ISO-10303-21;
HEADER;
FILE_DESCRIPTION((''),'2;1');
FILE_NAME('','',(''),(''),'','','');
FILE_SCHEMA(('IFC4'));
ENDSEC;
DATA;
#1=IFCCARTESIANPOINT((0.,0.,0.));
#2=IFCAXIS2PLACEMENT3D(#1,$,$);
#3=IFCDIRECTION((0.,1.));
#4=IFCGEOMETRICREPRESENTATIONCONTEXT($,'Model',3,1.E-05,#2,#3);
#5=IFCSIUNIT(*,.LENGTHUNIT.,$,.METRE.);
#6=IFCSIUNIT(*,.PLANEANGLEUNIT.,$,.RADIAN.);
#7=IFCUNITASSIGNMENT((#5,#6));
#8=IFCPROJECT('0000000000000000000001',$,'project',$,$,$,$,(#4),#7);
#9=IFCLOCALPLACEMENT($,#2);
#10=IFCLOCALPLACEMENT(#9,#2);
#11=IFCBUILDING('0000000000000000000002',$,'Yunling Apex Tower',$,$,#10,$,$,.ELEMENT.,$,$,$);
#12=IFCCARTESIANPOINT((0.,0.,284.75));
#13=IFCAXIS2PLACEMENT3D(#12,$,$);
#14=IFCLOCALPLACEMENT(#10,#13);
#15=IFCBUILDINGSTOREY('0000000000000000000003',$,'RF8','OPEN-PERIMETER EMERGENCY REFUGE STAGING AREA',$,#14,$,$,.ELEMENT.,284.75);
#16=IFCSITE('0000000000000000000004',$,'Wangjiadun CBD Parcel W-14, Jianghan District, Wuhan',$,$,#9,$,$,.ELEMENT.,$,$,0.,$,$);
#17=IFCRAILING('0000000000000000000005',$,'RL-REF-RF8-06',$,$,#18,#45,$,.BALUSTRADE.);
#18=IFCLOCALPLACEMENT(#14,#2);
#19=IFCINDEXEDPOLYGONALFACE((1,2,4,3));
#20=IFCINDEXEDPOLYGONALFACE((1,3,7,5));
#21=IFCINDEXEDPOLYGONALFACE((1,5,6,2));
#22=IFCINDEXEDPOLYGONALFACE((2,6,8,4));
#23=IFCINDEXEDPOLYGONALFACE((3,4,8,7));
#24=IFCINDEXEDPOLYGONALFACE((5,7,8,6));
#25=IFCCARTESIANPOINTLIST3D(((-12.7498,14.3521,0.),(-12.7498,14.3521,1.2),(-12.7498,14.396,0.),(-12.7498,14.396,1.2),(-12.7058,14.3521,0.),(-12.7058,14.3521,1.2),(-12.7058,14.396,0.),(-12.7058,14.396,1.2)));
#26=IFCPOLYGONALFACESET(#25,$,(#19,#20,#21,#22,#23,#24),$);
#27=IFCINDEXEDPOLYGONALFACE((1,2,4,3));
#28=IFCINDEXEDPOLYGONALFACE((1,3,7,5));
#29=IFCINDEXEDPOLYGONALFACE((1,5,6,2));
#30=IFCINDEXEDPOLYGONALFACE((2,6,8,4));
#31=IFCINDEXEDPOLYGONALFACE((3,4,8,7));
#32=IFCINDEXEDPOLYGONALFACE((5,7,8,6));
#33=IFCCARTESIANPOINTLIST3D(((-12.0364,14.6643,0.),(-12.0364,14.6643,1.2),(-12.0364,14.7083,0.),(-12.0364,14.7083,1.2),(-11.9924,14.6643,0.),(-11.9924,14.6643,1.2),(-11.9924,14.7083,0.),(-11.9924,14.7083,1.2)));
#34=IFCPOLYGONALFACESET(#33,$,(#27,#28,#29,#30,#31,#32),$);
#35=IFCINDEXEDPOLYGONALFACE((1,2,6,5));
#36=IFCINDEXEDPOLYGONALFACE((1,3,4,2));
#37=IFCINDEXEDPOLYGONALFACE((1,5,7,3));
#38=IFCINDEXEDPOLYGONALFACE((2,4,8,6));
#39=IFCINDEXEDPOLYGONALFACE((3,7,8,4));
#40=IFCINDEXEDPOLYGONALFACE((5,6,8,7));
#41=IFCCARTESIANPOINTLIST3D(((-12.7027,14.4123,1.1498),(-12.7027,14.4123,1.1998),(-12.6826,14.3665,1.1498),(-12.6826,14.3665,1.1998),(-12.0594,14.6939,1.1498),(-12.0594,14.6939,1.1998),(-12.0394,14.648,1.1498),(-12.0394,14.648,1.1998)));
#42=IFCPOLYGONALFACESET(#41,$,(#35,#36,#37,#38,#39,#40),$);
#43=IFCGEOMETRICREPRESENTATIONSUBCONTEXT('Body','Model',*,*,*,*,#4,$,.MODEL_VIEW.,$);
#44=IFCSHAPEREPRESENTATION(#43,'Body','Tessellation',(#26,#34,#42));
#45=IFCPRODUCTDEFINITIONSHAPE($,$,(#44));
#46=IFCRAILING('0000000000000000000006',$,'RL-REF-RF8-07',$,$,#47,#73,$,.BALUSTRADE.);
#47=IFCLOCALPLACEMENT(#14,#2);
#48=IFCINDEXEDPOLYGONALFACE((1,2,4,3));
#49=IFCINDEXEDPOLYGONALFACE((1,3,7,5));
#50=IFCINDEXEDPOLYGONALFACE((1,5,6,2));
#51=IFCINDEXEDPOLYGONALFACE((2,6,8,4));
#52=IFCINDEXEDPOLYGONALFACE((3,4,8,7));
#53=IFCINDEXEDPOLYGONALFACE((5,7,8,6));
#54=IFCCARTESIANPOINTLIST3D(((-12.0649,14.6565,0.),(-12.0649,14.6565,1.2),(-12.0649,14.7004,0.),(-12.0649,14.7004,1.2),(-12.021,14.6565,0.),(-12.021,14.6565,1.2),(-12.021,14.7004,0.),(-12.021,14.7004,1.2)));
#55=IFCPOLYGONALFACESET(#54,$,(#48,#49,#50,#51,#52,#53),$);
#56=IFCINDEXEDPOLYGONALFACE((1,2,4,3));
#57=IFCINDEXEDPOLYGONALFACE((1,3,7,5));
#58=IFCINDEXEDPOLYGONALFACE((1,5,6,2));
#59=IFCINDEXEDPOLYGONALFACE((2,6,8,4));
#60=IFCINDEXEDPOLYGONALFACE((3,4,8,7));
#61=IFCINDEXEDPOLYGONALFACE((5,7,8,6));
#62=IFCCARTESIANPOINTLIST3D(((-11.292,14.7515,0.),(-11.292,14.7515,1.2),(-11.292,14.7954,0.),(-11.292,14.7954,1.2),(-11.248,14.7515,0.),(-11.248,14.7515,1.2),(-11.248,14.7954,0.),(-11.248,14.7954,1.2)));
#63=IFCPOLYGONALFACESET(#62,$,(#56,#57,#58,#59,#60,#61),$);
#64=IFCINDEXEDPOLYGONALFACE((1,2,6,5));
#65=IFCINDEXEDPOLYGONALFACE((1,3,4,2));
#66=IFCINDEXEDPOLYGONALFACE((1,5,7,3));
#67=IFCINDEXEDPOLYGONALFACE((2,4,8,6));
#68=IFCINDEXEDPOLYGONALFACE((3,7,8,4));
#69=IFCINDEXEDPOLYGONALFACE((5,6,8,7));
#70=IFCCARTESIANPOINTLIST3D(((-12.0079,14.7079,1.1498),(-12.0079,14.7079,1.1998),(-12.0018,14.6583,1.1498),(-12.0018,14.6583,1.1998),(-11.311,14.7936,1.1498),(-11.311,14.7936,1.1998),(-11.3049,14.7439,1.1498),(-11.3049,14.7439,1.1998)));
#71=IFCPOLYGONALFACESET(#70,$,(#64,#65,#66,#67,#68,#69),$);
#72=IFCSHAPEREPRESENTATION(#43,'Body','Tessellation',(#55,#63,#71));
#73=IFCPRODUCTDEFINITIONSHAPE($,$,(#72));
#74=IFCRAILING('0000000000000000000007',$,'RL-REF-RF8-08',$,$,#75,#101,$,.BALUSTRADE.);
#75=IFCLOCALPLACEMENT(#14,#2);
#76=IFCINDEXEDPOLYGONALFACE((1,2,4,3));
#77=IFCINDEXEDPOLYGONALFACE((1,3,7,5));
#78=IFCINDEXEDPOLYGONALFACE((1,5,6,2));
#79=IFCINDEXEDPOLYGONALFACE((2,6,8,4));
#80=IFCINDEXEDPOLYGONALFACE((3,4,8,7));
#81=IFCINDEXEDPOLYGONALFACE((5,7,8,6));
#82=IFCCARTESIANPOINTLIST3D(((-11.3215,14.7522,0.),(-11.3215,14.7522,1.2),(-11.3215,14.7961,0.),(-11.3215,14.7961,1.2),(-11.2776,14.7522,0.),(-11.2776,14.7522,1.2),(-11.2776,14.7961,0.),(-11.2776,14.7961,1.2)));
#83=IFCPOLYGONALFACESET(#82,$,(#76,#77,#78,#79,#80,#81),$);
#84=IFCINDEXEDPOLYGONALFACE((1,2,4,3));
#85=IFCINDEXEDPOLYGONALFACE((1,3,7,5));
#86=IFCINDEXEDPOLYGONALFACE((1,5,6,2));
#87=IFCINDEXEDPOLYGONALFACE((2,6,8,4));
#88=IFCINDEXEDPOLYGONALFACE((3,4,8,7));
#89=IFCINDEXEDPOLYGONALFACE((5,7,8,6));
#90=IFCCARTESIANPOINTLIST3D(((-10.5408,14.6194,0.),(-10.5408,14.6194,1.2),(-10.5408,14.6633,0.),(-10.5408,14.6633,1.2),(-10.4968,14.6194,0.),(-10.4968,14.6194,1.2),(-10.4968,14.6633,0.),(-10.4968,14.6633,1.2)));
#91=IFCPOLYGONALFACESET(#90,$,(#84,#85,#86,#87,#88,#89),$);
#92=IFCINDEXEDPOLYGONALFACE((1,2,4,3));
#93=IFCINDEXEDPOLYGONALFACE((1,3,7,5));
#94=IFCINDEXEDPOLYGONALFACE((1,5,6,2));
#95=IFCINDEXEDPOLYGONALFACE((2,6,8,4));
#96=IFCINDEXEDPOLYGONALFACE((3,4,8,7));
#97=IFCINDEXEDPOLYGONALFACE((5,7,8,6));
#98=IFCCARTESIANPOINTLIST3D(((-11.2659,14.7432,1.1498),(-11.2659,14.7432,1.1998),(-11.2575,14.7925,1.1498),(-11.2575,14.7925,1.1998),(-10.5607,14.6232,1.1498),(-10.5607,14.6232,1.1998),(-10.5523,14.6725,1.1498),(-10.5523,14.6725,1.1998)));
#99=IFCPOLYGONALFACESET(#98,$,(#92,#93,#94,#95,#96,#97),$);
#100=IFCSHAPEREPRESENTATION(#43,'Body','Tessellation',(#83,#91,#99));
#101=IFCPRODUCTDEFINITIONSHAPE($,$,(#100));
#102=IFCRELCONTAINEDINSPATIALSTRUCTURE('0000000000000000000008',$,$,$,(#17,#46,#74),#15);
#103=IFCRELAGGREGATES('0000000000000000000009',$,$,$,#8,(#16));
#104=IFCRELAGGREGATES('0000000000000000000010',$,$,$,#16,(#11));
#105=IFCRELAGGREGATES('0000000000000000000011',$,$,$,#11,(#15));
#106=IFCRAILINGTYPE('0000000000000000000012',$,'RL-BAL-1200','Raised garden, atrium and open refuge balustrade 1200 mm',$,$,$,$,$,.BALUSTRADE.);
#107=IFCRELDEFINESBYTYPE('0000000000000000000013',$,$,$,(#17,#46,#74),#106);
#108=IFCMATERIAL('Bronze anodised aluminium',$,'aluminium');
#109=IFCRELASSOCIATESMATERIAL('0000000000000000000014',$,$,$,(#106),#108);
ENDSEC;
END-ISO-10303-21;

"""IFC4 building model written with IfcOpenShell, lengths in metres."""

from ifc_helpers import new_model, si_unit, direction, frame, origin, origin_2d, place, context, subcontext, project, spatial, rectangle, extrude, material, type_object, element, save


model = new_model("IFC4")

# Units and contexts
model_context = context("Model", 3, precision=1e-05, world=origin(), true_north=direction((0.0, 1.0)))
body_context = subcontext(model_context, "Body", "Model", "MODEL_VIEW")
ifc_project = project(units=[si_unit("LENGTHUNIT", "METRE"), si_unit("PLANEANGLEUNIT", "RADIAN")], contexts=[model_context])

# Site, building, storey
site_placement = place(None, origin())
site = spatial("IfcSite", under=ifc_project, at=site_placement, Name="Wangjiadun CBD Parcel W-14, Jianghan District, Wuhan", CompositionType="ELEMENT", RefElevation=0.0)
building_placement = place(site_placement, origin())
building = spatial("IfcBuilding", under=site, at=building_placement, Name="Yunling Apex Tower", CompositionType="ELEMENT")
storey_placement = place(building_placement, frame((0.0, 0.0, 284.75)))
storey = spatial("IfcBuildingStorey", under=building, at=storey_placement, Name="RF8", Description="OPEN-PERIMETER EMERGENCY REFUGE STAGING AREA", CompositionType="ELEMENT", Elevation=284.75)

# Railings
ifc_material_1 = material(Name="Bronze anodised aluminium", Category="aluminium")
railing_type = type_object("IfcRailingType", Name="RL-BAL-1200", Description="Raised garden, atrium and open refuge balustrade 1200 mm", PredefinedType="BALUSTRADE", material=ifc_material_1)
railing_1_placement = place(storey_placement, frame((-12.7278, 14.374, 0.0)))
element("IfcRailing", 1, at=railing_1_placement, inside=storey, type_object=railing_type, Name="RL-REF-RF8-06", PredefinedType="BALUSTRADE", context=body_context, shape_type="SweptSolid", body=[
    extrude(rectangle(XDim=0.0439, YDim=0.0439, at=origin_2d()), origin(), (0.0, 0.0, 1.0), 1.2),
    extrude(rectangle(XDim=0.0439, YDim=0.0439, at=origin_2d()), frame((0.7134, 0.3123, 0.0)), (0.0, 0.0, 1.0), 1.2),
    extrude(rectangle(XDim=0.05, YDim=0.05, at=origin_2d()), frame((0.0352, 0.0154, 1.1748), z_axis=(0.916085, 0.400983, 0.0), x_axis=(-0.400983, 0.916085, 0.0)), (0.0, 0.0, 1.0), 0.7021),
])
railing_2_placement = place(storey_placement, frame((-12.043, 14.6785, 0.0)))
element("IfcRailing", 2, at=railing_2_placement, inside=storey, type_object=railing_type, Name="RL-REF-RF8-07", PredefinedType="BALUSTRADE", context=body_context, shape_type="SweptSolid", body=[
    extrude(rectangle(XDim=0.0439, YDim=0.0439, at=origin_2d()), origin(), (0.0, 0.0, 1.0), 1.2),
    extrude(rectangle(XDim=0.0439, YDim=0.0439, at=origin_2d()), frame((0.7729, 0.095, 0.0)), (0.0, 0.0, 1.0), 1.2),
    extrude(rectangle(XDim=0.05, YDim=0.05, at=origin_2d()), frame((0.0381, 0.0046, 1.1748), z_axis=(0.992536, 0.121951, 0.0), x_axis=(-0.121951, 0.992536, 0.0)), (0.0, 0.0, 1.0), 0.7021),
])
railing_3_placement = place(storey_placement, frame((-11.2996, 14.7742, 0.0)))
element("IfcRailing", 3, at=railing_3_placement, inside=storey, type_object=railing_type, Name="RL-REF-RF8-08", PredefinedType="BALUSTRADE", context=body_context, shape_type="SweptSolid", body=[
    extrude(rectangle(XDim=0.0439, YDim=0.0439, at=origin_2d()), origin(), (0.0, 0.0, 1.0), 1.2),
    extrude(rectangle(XDim=0.0439, YDim=0.0439, at=origin_2d()), frame((0.7808, -0.1328, 0.0)), (0.0, 0.0, 1.0), 1.2),
    extrude(rectangle(XDim=0.05, YDim=0.05, at=origin_2d()), frame((0.0378, -0.0063, 1.1748), z_axis=(0.985839, -0.167697, 0.0), x_axis=(0.167697, 0.985839, 0.0)), (0.0, 0.0, 1.0), 0.7153),
])

save(model, "model.ifc")
